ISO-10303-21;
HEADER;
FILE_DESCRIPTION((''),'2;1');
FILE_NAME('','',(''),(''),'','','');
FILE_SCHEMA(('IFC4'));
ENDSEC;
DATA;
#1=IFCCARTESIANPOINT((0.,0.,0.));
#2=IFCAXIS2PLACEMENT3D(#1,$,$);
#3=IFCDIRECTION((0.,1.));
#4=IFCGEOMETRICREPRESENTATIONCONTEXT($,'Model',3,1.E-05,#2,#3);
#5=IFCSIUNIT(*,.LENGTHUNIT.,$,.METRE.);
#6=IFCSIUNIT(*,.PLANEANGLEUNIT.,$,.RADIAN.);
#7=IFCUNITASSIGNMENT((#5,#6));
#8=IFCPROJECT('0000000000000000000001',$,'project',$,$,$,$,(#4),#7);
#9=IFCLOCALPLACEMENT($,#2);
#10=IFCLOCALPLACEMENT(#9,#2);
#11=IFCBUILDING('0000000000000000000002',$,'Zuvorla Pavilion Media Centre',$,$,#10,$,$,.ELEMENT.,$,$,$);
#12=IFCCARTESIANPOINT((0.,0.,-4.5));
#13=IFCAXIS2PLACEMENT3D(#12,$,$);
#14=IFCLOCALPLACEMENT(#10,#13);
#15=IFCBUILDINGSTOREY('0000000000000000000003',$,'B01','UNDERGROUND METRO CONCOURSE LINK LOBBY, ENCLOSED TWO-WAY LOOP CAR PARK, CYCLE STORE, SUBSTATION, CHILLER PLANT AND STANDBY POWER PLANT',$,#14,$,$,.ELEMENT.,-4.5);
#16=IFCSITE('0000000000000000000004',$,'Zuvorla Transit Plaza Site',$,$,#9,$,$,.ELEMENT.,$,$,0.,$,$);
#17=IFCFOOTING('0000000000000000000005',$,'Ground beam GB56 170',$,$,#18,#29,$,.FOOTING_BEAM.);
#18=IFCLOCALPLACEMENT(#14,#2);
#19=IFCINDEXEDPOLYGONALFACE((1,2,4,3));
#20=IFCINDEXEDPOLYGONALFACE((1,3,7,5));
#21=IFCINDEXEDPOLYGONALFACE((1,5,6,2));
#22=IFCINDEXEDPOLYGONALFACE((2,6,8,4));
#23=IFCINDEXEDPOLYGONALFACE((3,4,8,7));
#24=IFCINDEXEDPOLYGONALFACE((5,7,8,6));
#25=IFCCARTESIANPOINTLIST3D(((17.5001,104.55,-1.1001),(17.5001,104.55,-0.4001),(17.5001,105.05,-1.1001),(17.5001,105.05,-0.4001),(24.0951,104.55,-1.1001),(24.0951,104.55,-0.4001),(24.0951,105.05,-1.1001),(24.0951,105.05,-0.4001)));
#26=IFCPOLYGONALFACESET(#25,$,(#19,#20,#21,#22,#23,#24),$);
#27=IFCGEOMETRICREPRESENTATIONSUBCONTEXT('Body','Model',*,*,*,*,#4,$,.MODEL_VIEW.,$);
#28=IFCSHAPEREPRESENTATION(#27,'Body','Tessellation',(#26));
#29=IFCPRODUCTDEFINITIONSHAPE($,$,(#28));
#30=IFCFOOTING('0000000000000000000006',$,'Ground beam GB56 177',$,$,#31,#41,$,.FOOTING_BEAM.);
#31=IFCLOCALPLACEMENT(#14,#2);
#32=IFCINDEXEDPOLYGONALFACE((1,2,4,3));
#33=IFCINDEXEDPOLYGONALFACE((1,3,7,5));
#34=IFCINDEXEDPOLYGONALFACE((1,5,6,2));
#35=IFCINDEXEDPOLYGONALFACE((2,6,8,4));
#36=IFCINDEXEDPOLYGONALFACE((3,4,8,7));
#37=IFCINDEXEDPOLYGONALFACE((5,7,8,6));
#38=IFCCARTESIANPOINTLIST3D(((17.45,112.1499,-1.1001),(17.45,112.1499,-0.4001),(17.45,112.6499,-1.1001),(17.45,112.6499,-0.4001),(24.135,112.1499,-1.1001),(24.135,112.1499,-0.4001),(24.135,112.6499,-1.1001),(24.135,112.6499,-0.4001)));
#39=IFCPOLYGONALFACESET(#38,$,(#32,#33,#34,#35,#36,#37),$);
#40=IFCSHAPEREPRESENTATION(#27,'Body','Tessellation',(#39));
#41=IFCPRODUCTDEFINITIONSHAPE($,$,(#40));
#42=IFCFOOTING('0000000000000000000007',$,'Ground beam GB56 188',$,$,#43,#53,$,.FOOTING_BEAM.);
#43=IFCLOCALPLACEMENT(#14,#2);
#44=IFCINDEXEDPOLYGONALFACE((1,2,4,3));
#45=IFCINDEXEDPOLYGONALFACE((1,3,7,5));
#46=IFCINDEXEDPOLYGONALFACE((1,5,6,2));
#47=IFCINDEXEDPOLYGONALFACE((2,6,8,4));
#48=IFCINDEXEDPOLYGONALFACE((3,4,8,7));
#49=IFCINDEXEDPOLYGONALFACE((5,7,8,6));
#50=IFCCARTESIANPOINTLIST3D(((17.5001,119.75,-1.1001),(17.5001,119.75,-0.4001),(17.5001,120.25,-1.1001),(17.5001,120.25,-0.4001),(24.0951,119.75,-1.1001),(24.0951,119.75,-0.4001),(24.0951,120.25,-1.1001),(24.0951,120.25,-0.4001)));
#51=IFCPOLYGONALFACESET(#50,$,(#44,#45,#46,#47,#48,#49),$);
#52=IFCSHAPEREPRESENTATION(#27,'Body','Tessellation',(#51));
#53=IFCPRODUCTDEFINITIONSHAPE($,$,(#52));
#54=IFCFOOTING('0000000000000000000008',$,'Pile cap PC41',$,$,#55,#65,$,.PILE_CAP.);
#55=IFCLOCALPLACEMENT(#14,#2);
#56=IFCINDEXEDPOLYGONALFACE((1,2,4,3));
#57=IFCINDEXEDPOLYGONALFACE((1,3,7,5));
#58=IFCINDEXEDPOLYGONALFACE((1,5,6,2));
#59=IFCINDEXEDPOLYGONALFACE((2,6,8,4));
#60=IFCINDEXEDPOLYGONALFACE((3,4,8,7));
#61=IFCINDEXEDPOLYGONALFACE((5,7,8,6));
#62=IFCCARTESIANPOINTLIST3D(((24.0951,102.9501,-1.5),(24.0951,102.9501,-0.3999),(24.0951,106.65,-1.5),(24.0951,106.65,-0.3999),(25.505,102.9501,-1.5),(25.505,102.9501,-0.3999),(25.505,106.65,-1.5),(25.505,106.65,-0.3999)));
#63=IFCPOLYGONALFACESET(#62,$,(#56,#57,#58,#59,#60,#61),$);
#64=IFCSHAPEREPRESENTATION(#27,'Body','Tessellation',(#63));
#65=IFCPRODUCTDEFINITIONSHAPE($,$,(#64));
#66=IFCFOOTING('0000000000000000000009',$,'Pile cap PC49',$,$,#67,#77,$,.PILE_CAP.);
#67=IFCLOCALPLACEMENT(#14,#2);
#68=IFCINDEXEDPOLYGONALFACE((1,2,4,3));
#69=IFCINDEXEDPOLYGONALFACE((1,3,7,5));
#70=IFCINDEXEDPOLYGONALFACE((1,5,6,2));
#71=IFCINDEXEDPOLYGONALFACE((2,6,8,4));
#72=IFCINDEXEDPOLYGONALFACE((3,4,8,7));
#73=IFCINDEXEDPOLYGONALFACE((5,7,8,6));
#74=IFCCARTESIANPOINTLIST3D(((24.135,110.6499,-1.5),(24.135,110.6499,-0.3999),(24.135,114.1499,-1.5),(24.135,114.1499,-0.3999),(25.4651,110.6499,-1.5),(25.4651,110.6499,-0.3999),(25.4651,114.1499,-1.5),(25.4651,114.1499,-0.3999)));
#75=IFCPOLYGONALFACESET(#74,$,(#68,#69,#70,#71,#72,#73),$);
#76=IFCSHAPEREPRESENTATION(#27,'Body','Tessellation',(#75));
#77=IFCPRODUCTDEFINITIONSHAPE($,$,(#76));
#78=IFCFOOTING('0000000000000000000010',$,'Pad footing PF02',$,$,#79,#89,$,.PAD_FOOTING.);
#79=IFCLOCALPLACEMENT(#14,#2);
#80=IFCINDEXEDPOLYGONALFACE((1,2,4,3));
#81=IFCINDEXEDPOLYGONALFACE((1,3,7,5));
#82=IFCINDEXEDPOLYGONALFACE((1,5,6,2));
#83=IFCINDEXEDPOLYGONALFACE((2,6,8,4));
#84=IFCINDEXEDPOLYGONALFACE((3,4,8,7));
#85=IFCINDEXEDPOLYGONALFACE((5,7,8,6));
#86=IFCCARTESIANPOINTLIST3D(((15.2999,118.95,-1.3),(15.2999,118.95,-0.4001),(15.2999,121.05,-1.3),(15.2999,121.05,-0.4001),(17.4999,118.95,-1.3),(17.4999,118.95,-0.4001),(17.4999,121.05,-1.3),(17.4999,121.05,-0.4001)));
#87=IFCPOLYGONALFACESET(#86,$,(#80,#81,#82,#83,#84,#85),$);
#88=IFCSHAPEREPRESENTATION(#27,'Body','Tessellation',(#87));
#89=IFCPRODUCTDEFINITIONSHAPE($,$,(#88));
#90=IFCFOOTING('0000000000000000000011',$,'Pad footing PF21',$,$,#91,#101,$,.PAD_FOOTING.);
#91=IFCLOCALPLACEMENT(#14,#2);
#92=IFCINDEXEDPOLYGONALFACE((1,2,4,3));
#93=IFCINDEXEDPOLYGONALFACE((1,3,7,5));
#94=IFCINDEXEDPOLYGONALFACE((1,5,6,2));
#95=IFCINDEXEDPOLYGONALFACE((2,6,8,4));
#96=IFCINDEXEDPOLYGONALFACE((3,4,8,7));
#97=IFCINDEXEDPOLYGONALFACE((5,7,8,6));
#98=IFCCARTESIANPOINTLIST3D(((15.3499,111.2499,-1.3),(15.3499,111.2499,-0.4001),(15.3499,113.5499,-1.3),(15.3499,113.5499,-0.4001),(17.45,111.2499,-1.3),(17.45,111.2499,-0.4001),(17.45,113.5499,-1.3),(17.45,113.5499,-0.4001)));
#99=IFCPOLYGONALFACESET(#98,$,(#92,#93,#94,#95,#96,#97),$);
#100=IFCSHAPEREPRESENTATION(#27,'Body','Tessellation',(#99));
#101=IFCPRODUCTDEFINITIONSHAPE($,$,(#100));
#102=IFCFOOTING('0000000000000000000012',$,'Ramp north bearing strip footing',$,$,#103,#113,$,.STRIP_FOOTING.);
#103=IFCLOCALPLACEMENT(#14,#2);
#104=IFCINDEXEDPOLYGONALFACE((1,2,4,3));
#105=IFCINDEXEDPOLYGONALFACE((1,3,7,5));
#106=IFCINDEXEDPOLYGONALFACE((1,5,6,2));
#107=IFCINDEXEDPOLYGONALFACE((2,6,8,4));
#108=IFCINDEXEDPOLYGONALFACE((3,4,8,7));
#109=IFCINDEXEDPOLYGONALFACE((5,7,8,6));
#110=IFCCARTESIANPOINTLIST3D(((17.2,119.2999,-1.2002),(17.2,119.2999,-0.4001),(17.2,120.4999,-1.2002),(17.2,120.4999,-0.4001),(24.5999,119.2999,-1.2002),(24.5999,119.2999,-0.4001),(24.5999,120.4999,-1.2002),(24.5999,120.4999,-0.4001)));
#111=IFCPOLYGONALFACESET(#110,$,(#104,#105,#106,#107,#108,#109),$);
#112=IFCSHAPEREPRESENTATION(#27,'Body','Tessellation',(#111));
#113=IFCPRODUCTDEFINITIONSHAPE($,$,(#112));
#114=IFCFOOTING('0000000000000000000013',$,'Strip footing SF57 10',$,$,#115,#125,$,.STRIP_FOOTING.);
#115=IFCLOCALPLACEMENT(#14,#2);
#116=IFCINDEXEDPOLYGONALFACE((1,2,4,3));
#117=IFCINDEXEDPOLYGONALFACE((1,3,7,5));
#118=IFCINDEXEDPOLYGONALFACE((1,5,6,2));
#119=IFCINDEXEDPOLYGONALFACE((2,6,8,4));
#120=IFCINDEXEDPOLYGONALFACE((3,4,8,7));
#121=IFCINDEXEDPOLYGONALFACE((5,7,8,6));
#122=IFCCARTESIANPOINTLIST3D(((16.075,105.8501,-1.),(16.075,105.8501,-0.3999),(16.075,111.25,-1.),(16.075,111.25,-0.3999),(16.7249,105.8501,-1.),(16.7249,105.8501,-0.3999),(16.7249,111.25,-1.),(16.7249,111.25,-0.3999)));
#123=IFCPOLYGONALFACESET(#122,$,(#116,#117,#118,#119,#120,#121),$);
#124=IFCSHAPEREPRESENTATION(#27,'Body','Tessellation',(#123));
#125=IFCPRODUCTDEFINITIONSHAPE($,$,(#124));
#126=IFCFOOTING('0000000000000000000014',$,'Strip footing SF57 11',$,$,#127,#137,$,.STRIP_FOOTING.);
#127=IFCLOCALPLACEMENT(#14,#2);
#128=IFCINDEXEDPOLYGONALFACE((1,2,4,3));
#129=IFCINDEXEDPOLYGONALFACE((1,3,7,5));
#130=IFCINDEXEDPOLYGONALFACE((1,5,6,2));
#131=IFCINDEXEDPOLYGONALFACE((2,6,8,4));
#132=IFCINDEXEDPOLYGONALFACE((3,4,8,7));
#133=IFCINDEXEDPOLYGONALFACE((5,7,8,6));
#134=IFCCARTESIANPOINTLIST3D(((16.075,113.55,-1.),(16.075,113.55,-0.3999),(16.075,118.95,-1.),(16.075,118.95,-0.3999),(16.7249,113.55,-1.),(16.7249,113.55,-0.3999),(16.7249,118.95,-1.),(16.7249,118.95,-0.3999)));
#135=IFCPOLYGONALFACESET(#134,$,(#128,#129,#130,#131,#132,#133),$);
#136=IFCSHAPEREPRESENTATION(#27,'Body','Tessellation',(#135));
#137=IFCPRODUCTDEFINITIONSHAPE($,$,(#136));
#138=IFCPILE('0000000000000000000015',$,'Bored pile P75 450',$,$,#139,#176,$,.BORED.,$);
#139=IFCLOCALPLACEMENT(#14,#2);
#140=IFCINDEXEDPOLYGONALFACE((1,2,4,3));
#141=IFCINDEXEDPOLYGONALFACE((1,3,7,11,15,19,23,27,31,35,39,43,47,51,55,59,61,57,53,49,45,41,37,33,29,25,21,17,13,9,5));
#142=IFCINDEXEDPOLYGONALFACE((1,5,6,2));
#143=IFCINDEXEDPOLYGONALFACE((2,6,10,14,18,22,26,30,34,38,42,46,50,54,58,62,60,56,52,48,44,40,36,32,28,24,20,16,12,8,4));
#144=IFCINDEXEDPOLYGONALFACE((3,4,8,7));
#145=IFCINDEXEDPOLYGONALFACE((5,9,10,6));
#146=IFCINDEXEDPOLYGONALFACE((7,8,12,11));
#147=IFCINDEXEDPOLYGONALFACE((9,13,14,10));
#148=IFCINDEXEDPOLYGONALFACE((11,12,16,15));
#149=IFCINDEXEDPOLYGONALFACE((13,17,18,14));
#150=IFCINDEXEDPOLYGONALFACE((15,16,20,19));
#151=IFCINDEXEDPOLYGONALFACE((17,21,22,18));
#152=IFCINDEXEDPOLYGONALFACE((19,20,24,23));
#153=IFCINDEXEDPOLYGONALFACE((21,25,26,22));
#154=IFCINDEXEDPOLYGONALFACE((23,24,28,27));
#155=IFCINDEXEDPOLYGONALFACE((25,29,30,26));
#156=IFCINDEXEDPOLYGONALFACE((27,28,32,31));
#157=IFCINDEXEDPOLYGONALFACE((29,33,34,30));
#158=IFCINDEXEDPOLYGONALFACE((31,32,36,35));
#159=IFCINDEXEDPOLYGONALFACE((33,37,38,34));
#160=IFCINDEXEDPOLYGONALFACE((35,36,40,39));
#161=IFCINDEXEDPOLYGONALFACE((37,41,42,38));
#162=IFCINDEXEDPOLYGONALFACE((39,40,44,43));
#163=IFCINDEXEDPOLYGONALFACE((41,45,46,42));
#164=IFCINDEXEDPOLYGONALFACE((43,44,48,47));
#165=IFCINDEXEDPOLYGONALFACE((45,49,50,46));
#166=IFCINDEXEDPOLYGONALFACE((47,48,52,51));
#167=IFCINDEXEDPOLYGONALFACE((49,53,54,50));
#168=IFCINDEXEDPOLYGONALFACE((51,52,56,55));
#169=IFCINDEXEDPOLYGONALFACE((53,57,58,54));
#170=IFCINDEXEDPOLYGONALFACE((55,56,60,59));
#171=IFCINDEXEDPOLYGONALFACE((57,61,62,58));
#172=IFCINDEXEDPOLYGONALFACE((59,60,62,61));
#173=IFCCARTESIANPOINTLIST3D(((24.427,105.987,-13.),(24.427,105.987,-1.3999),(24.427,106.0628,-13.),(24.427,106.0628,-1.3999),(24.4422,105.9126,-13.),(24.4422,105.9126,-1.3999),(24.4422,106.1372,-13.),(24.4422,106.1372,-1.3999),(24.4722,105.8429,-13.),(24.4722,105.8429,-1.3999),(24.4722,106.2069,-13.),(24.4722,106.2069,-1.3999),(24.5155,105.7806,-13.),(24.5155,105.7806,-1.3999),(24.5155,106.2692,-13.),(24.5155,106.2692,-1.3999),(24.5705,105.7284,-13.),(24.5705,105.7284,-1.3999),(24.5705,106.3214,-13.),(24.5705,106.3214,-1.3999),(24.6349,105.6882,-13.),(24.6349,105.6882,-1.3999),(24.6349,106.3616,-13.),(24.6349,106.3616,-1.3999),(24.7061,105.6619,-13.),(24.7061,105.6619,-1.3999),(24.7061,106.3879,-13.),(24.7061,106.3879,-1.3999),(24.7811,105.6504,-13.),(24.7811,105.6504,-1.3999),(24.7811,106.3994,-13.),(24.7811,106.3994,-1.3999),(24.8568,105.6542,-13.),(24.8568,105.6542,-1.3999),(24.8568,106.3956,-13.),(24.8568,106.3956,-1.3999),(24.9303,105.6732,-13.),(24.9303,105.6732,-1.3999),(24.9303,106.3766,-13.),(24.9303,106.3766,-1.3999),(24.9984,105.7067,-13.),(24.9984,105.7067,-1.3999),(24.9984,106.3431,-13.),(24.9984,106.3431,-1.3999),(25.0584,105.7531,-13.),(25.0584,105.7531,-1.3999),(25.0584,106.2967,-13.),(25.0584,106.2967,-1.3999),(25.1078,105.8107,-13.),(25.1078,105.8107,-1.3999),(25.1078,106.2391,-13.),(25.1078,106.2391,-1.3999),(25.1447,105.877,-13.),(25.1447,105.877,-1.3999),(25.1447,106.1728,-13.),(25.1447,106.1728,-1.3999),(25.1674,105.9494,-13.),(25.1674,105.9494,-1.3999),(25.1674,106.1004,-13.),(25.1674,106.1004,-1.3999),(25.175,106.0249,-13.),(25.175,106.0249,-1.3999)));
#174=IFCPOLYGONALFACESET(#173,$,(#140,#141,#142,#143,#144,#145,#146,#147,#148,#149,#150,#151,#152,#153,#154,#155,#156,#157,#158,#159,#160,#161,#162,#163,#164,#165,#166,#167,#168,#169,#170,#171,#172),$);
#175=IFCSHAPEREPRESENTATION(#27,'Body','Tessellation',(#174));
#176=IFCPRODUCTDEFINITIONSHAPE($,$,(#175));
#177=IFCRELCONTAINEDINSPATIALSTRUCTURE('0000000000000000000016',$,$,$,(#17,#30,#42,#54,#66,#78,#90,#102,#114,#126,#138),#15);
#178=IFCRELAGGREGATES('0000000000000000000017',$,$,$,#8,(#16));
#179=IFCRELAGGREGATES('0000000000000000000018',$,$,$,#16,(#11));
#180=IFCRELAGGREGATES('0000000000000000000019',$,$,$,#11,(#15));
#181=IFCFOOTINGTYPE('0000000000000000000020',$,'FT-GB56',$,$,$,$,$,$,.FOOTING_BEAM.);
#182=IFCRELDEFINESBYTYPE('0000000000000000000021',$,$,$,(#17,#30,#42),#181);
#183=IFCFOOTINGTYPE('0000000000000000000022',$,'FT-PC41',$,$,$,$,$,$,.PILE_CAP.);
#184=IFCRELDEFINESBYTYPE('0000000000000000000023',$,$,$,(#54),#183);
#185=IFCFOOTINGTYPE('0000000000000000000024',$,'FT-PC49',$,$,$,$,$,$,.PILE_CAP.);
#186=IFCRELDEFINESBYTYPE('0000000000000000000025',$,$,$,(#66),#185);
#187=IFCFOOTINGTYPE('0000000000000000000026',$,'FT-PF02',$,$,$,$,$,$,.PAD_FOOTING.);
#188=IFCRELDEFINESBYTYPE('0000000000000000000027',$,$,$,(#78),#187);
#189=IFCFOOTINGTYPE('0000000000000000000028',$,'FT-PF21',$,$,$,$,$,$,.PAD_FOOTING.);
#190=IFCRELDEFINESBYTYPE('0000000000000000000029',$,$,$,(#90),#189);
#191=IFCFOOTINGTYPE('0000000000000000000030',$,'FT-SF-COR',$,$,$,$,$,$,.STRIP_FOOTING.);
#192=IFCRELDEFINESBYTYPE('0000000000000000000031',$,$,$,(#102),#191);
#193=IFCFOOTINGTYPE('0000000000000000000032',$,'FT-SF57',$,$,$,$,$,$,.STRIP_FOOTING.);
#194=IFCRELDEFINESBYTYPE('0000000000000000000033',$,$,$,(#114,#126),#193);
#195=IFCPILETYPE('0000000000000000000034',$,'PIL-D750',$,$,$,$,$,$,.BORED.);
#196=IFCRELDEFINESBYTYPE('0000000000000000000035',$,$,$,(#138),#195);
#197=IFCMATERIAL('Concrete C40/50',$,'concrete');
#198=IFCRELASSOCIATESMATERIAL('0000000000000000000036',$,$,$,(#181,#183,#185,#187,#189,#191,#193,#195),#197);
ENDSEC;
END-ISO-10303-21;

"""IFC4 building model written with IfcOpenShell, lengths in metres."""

from ifc_helpers import new_model, si_unit, direction, frame, origin, origin_2d, place, context, subcontext, project, spatial, rectangle, circle, extrude, material, material_profile, profile_set, type_object, element, save


model = new_model("IFC4")

# Units and contexts
model_context = context("Model", 3, precision=1e-05, world=origin(), true_north=direction((0.0, 1.0)))
body_context = subcontext(model_context, "Body", "Model", "MODEL_VIEW")
ifc_project = project(units=[si_unit("LENGTHUNIT", "METRE"), si_unit("PLANEANGLEUNIT", "RADIAN")], contexts=[model_context])

# Site, building, storey
site_placement = place(None, origin())
site = spatial("IfcSite", under=ifc_project, at=site_placement, Name="Zuvorla Transit Plaza Site", CompositionType="ELEMENT", RefElevation=0.0)
building_placement = place(site_placement, origin())
building = spatial("IfcBuilding", under=site, at=building_placement, Name="Zuvorla Pavilion Media Centre", CompositionType="ELEMENT")
storey_placement = place(building_placement, frame((0.0, 0.0, -4.5)))
storey = spatial("IfcBuildingStorey", under=building, at=storey_placement, Name="B01", Description="UNDERGROUND METRO CONCOURSE LINK LOBBY, ENCLOSED TWO-WAY LOOP CAR PARK, CYCLE STORE, SUBSTATION, CHILLER PLANT AND STANDBY POWER PLANT", CompositionType="ELEMENT", Elevation=-4.5)

# Footings
ifc_material_1 = material(Name="Concrete C40/50", Category="concrete")
footing_type_1 = type_object("IfcFootingType", Name="FT-GB56", PredefinedType="FOOTING_BEAM", material=ifc_material_1)
footing_1_placement = place(storey_placement, frame((20.7976, 104.8, -1.1001), z_axis=(0.0, 0.0, 1.0), x_axis=(1.0, 0.0, 0.0)))
element("IfcFooting", 1, at=footing_1_placement, inside=storey, type_object=footing_type_1, Name="Ground beam GB56 170", PredefinedType="FOOTING_BEAM", context=body_context, shape_type="SweptSolid", body=[
    extrude(rectangle(XDim=6.595, YDim=0.5, at=origin_2d()), origin(), (0.0, 0.0, 1.0), 0.7),
])
footing_2_placement = place(storey_placement, frame((20.7925, 112.3999, -1.1001), z_axis=(0.0, 0.0, 1.0), x_axis=(1.0, 0.0, 0.0)))
element("IfcFooting", 2, at=footing_2_placement, inside=storey, type_object=footing_type_1, Name="Ground beam GB56 177", PredefinedType="FOOTING_BEAM", context=body_context, shape_type="SweptSolid", body=[
    extrude(rectangle(XDim=6.6851, YDim=0.5, at=origin_2d()), origin(), (0.0, 0.0, 1.0), 0.7),
])
footing_3_placement = place(storey_placement, frame((20.7976, 120.0, -1.1001), z_axis=(0.0, 0.0, 1.0), x_axis=(1.0, 0.0, 0.0)))
element("IfcFooting", 3, at=footing_3_placement, inside=storey, type_object=footing_type_1, Name="Ground beam GB56 188", PredefinedType="FOOTING_BEAM", context=body_context, shape_type="SweptSolid", body=[
    extrude(rectangle(XDim=6.595, YDim=0.5, at=origin_2d()), origin(), (0.0, 0.0, 1.0), 0.7),
])
footing_type_2 = type_object("IfcFootingType", Name="FT-PC41", PredefinedType="PILE_CAP", material=ifc_material_1)
footing_4_placement = place(storey_placement, frame((24.8, 104.8, -1.5), z_axis=(0.0, 0.0, 1.0), x_axis=(1.0, 0.0, 0.0)))
element("IfcFooting", 4, at=footing_4_placement, inside=storey, type_object=footing_type_2, Name="Pile cap PC41", PredefinedType="PILE_CAP", context=body_context, shape_type="SweptSolid", body=[
    extrude(rectangle(XDim=1.4099, YDim=3.7, at=origin_2d()), origin(), (0.0, 0.0, 1.0), 1.1001),
])
footing_type_3 = type_object("IfcFootingType", Name="FT-PC49", PredefinedType="PILE_CAP", material=ifc_material_1)
footing_5_placement = place(storey_placement, frame((24.8, 112.3999, -1.5), z_axis=(0.0, 0.0, 1.0), x_axis=(1.0, 0.0, 0.0)))
element("IfcFooting", 5, at=footing_5_placement, inside=storey, type_object=footing_type_3, Name="Pile cap PC49", PredefinedType="PILE_CAP", context=body_context, shape_type="SweptSolid", body=[
    extrude(rectangle(XDim=1.3301, YDim=3.5, at=origin_2d()), origin(), (0.0, 0.0, 1.0), 1.1001),
])
footing_type_4 = type_object("IfcFootingType", Name="FT-PF02", PredefinedType="PAD_FOOTING", material=ifc_material_1)
footing_6_placement = place(storey_placement, frame((16.3999, 120.0, -1.3), z_axis=(0.0, 0.0, 1.0), x_axis=(1.0, 0.0, 0.0)))
element("IfcFooting", 6, at=footing_6_placement, inside=storey, type_object=footing_type_4, Name="Pad footing PF02", PredefinedType="PAD_FOOTING", context=body_context, shape_type="SweptSolid", body=[
    extrude(rectangle(XDim=2.2, YDim=2.1001, at=origin_2d()), origin(), (0.0, 0.0, 1.0), 0.8999),
])
footing_type_5 = type_object("IfcFootingType", Name="FT-PF21", PredefinedType="PAD_FOOTING", material=ifc_material_1)
footing_7_placement = place(storey_placement, frame((16.3999, 112.3999, -1.3), z_axis=(0.0, 0.0, 1.0), x_axis=(1.0, 0.0, 0.0)))
element("IfcFooting", 7, at=footing_7_placement, inside=storey, type_object=footing_type_5, Name="Pad footing PF21", PredefinedType="PAD_FOOTING", context=body_context, shape_type="SweptSolid", body=[
    extrude(rectangle(XDim=2.1001, YDim=2.3, at=origin_2d()), origin(), (0.0, 0.0, 1.0), 0.8999),
])
footing_type_6 = type_object("IfcFootingType", Name="FT-SF-COR", PredefinedType="STRIP_FOOTING", material=ifc_material_1)
footing_8_placement = place(storey_placement, frame((20.8999, 119.8999, -1.2002), z_axis=(0.0, 0.0, 1.0), x_axis=(1.0, 0.0, 0.0)))
element("IfcFooting", 8, at=footing_8_placement, inside=storey, type_object=footing_type_6, Name="Ramp north bearing strip footing", PredefinedType="STRIP_FOOTING", context=body_context, shape_type="SweptSolid", body=[
    extrude(rectangle(XDim=7.3999, YDim=1.2, at=origin_2d()), origin(), (0.0, 0.0, 1.0), 0.8),
])
footing_type_7 = type_object("IfcFootingType", Name="FT-SF57", PredefinedType="STRIP_FOOTING", material=ifc_material_1)
for number, where, z_axis, x_axis, name in (
    (9, (16.3999, 108.55, -1.0), (0.0, 0.0, 1.0), (0.0, 1.0, 0.0), "Strip footing SF57 10"),
    (10, (16.3999, 116.25, -1.0), (0.0, 0.0, 1.0), (0.0, 1.0, 0.0), "Strip footing SF57 11"),
):
    element("IfcFooting", number, at=place(storey_placement, frame(where, z_axis=z_axis, x_axis=x_axis)), inside=storey, type_object=footing_type_7, Name=name, PredefinedType="STRIP_FOOTING", context=body_context, shape_type="SweptSolid", body=[
        extrude(rectangle(XDim=5.3999, YDim=0.6499, at=origin_2d()), origin(), (0.0, 0.0, 1.0), 0.6001),
    ])

# Pile
ifc_material_profile_1 = material_profile(ifc_material_1, circle(Radius=0.375, at=origin_2d()), Name="BORED PILE 750")
ifc_profile_set_1 = profile_set([ifc_material_profile_1], Name="Concrete C40/50")
pile_type = type_object("IfcPileType", Name="PIL-D750", PredefinedType="BORED", material=ifc_profile_set_1)
for number, where, z_axis, x_axis, name in (
    (11, (24.8, 106.0249, -1.3999), (0.0, 0.0, -1.0), (1.0, 0.0, 0.0), "Bored pile P75 450"),
):
    element("IfcPile", number, at=place(storey_placement, frame(where, z_axis=z_axis, x_axis=x_axis)), inside=storey, type_object=pile_type, Name=name, PredefinedType="BORED", context=body_context, shape_type="SweptSolid", body=[
        extrude(circle(Radius=0.375, at=origin_2d()), origin(), (0.0, 0.0, 1.0), 11.6001),
    ])

save(model, "model.ifc")
